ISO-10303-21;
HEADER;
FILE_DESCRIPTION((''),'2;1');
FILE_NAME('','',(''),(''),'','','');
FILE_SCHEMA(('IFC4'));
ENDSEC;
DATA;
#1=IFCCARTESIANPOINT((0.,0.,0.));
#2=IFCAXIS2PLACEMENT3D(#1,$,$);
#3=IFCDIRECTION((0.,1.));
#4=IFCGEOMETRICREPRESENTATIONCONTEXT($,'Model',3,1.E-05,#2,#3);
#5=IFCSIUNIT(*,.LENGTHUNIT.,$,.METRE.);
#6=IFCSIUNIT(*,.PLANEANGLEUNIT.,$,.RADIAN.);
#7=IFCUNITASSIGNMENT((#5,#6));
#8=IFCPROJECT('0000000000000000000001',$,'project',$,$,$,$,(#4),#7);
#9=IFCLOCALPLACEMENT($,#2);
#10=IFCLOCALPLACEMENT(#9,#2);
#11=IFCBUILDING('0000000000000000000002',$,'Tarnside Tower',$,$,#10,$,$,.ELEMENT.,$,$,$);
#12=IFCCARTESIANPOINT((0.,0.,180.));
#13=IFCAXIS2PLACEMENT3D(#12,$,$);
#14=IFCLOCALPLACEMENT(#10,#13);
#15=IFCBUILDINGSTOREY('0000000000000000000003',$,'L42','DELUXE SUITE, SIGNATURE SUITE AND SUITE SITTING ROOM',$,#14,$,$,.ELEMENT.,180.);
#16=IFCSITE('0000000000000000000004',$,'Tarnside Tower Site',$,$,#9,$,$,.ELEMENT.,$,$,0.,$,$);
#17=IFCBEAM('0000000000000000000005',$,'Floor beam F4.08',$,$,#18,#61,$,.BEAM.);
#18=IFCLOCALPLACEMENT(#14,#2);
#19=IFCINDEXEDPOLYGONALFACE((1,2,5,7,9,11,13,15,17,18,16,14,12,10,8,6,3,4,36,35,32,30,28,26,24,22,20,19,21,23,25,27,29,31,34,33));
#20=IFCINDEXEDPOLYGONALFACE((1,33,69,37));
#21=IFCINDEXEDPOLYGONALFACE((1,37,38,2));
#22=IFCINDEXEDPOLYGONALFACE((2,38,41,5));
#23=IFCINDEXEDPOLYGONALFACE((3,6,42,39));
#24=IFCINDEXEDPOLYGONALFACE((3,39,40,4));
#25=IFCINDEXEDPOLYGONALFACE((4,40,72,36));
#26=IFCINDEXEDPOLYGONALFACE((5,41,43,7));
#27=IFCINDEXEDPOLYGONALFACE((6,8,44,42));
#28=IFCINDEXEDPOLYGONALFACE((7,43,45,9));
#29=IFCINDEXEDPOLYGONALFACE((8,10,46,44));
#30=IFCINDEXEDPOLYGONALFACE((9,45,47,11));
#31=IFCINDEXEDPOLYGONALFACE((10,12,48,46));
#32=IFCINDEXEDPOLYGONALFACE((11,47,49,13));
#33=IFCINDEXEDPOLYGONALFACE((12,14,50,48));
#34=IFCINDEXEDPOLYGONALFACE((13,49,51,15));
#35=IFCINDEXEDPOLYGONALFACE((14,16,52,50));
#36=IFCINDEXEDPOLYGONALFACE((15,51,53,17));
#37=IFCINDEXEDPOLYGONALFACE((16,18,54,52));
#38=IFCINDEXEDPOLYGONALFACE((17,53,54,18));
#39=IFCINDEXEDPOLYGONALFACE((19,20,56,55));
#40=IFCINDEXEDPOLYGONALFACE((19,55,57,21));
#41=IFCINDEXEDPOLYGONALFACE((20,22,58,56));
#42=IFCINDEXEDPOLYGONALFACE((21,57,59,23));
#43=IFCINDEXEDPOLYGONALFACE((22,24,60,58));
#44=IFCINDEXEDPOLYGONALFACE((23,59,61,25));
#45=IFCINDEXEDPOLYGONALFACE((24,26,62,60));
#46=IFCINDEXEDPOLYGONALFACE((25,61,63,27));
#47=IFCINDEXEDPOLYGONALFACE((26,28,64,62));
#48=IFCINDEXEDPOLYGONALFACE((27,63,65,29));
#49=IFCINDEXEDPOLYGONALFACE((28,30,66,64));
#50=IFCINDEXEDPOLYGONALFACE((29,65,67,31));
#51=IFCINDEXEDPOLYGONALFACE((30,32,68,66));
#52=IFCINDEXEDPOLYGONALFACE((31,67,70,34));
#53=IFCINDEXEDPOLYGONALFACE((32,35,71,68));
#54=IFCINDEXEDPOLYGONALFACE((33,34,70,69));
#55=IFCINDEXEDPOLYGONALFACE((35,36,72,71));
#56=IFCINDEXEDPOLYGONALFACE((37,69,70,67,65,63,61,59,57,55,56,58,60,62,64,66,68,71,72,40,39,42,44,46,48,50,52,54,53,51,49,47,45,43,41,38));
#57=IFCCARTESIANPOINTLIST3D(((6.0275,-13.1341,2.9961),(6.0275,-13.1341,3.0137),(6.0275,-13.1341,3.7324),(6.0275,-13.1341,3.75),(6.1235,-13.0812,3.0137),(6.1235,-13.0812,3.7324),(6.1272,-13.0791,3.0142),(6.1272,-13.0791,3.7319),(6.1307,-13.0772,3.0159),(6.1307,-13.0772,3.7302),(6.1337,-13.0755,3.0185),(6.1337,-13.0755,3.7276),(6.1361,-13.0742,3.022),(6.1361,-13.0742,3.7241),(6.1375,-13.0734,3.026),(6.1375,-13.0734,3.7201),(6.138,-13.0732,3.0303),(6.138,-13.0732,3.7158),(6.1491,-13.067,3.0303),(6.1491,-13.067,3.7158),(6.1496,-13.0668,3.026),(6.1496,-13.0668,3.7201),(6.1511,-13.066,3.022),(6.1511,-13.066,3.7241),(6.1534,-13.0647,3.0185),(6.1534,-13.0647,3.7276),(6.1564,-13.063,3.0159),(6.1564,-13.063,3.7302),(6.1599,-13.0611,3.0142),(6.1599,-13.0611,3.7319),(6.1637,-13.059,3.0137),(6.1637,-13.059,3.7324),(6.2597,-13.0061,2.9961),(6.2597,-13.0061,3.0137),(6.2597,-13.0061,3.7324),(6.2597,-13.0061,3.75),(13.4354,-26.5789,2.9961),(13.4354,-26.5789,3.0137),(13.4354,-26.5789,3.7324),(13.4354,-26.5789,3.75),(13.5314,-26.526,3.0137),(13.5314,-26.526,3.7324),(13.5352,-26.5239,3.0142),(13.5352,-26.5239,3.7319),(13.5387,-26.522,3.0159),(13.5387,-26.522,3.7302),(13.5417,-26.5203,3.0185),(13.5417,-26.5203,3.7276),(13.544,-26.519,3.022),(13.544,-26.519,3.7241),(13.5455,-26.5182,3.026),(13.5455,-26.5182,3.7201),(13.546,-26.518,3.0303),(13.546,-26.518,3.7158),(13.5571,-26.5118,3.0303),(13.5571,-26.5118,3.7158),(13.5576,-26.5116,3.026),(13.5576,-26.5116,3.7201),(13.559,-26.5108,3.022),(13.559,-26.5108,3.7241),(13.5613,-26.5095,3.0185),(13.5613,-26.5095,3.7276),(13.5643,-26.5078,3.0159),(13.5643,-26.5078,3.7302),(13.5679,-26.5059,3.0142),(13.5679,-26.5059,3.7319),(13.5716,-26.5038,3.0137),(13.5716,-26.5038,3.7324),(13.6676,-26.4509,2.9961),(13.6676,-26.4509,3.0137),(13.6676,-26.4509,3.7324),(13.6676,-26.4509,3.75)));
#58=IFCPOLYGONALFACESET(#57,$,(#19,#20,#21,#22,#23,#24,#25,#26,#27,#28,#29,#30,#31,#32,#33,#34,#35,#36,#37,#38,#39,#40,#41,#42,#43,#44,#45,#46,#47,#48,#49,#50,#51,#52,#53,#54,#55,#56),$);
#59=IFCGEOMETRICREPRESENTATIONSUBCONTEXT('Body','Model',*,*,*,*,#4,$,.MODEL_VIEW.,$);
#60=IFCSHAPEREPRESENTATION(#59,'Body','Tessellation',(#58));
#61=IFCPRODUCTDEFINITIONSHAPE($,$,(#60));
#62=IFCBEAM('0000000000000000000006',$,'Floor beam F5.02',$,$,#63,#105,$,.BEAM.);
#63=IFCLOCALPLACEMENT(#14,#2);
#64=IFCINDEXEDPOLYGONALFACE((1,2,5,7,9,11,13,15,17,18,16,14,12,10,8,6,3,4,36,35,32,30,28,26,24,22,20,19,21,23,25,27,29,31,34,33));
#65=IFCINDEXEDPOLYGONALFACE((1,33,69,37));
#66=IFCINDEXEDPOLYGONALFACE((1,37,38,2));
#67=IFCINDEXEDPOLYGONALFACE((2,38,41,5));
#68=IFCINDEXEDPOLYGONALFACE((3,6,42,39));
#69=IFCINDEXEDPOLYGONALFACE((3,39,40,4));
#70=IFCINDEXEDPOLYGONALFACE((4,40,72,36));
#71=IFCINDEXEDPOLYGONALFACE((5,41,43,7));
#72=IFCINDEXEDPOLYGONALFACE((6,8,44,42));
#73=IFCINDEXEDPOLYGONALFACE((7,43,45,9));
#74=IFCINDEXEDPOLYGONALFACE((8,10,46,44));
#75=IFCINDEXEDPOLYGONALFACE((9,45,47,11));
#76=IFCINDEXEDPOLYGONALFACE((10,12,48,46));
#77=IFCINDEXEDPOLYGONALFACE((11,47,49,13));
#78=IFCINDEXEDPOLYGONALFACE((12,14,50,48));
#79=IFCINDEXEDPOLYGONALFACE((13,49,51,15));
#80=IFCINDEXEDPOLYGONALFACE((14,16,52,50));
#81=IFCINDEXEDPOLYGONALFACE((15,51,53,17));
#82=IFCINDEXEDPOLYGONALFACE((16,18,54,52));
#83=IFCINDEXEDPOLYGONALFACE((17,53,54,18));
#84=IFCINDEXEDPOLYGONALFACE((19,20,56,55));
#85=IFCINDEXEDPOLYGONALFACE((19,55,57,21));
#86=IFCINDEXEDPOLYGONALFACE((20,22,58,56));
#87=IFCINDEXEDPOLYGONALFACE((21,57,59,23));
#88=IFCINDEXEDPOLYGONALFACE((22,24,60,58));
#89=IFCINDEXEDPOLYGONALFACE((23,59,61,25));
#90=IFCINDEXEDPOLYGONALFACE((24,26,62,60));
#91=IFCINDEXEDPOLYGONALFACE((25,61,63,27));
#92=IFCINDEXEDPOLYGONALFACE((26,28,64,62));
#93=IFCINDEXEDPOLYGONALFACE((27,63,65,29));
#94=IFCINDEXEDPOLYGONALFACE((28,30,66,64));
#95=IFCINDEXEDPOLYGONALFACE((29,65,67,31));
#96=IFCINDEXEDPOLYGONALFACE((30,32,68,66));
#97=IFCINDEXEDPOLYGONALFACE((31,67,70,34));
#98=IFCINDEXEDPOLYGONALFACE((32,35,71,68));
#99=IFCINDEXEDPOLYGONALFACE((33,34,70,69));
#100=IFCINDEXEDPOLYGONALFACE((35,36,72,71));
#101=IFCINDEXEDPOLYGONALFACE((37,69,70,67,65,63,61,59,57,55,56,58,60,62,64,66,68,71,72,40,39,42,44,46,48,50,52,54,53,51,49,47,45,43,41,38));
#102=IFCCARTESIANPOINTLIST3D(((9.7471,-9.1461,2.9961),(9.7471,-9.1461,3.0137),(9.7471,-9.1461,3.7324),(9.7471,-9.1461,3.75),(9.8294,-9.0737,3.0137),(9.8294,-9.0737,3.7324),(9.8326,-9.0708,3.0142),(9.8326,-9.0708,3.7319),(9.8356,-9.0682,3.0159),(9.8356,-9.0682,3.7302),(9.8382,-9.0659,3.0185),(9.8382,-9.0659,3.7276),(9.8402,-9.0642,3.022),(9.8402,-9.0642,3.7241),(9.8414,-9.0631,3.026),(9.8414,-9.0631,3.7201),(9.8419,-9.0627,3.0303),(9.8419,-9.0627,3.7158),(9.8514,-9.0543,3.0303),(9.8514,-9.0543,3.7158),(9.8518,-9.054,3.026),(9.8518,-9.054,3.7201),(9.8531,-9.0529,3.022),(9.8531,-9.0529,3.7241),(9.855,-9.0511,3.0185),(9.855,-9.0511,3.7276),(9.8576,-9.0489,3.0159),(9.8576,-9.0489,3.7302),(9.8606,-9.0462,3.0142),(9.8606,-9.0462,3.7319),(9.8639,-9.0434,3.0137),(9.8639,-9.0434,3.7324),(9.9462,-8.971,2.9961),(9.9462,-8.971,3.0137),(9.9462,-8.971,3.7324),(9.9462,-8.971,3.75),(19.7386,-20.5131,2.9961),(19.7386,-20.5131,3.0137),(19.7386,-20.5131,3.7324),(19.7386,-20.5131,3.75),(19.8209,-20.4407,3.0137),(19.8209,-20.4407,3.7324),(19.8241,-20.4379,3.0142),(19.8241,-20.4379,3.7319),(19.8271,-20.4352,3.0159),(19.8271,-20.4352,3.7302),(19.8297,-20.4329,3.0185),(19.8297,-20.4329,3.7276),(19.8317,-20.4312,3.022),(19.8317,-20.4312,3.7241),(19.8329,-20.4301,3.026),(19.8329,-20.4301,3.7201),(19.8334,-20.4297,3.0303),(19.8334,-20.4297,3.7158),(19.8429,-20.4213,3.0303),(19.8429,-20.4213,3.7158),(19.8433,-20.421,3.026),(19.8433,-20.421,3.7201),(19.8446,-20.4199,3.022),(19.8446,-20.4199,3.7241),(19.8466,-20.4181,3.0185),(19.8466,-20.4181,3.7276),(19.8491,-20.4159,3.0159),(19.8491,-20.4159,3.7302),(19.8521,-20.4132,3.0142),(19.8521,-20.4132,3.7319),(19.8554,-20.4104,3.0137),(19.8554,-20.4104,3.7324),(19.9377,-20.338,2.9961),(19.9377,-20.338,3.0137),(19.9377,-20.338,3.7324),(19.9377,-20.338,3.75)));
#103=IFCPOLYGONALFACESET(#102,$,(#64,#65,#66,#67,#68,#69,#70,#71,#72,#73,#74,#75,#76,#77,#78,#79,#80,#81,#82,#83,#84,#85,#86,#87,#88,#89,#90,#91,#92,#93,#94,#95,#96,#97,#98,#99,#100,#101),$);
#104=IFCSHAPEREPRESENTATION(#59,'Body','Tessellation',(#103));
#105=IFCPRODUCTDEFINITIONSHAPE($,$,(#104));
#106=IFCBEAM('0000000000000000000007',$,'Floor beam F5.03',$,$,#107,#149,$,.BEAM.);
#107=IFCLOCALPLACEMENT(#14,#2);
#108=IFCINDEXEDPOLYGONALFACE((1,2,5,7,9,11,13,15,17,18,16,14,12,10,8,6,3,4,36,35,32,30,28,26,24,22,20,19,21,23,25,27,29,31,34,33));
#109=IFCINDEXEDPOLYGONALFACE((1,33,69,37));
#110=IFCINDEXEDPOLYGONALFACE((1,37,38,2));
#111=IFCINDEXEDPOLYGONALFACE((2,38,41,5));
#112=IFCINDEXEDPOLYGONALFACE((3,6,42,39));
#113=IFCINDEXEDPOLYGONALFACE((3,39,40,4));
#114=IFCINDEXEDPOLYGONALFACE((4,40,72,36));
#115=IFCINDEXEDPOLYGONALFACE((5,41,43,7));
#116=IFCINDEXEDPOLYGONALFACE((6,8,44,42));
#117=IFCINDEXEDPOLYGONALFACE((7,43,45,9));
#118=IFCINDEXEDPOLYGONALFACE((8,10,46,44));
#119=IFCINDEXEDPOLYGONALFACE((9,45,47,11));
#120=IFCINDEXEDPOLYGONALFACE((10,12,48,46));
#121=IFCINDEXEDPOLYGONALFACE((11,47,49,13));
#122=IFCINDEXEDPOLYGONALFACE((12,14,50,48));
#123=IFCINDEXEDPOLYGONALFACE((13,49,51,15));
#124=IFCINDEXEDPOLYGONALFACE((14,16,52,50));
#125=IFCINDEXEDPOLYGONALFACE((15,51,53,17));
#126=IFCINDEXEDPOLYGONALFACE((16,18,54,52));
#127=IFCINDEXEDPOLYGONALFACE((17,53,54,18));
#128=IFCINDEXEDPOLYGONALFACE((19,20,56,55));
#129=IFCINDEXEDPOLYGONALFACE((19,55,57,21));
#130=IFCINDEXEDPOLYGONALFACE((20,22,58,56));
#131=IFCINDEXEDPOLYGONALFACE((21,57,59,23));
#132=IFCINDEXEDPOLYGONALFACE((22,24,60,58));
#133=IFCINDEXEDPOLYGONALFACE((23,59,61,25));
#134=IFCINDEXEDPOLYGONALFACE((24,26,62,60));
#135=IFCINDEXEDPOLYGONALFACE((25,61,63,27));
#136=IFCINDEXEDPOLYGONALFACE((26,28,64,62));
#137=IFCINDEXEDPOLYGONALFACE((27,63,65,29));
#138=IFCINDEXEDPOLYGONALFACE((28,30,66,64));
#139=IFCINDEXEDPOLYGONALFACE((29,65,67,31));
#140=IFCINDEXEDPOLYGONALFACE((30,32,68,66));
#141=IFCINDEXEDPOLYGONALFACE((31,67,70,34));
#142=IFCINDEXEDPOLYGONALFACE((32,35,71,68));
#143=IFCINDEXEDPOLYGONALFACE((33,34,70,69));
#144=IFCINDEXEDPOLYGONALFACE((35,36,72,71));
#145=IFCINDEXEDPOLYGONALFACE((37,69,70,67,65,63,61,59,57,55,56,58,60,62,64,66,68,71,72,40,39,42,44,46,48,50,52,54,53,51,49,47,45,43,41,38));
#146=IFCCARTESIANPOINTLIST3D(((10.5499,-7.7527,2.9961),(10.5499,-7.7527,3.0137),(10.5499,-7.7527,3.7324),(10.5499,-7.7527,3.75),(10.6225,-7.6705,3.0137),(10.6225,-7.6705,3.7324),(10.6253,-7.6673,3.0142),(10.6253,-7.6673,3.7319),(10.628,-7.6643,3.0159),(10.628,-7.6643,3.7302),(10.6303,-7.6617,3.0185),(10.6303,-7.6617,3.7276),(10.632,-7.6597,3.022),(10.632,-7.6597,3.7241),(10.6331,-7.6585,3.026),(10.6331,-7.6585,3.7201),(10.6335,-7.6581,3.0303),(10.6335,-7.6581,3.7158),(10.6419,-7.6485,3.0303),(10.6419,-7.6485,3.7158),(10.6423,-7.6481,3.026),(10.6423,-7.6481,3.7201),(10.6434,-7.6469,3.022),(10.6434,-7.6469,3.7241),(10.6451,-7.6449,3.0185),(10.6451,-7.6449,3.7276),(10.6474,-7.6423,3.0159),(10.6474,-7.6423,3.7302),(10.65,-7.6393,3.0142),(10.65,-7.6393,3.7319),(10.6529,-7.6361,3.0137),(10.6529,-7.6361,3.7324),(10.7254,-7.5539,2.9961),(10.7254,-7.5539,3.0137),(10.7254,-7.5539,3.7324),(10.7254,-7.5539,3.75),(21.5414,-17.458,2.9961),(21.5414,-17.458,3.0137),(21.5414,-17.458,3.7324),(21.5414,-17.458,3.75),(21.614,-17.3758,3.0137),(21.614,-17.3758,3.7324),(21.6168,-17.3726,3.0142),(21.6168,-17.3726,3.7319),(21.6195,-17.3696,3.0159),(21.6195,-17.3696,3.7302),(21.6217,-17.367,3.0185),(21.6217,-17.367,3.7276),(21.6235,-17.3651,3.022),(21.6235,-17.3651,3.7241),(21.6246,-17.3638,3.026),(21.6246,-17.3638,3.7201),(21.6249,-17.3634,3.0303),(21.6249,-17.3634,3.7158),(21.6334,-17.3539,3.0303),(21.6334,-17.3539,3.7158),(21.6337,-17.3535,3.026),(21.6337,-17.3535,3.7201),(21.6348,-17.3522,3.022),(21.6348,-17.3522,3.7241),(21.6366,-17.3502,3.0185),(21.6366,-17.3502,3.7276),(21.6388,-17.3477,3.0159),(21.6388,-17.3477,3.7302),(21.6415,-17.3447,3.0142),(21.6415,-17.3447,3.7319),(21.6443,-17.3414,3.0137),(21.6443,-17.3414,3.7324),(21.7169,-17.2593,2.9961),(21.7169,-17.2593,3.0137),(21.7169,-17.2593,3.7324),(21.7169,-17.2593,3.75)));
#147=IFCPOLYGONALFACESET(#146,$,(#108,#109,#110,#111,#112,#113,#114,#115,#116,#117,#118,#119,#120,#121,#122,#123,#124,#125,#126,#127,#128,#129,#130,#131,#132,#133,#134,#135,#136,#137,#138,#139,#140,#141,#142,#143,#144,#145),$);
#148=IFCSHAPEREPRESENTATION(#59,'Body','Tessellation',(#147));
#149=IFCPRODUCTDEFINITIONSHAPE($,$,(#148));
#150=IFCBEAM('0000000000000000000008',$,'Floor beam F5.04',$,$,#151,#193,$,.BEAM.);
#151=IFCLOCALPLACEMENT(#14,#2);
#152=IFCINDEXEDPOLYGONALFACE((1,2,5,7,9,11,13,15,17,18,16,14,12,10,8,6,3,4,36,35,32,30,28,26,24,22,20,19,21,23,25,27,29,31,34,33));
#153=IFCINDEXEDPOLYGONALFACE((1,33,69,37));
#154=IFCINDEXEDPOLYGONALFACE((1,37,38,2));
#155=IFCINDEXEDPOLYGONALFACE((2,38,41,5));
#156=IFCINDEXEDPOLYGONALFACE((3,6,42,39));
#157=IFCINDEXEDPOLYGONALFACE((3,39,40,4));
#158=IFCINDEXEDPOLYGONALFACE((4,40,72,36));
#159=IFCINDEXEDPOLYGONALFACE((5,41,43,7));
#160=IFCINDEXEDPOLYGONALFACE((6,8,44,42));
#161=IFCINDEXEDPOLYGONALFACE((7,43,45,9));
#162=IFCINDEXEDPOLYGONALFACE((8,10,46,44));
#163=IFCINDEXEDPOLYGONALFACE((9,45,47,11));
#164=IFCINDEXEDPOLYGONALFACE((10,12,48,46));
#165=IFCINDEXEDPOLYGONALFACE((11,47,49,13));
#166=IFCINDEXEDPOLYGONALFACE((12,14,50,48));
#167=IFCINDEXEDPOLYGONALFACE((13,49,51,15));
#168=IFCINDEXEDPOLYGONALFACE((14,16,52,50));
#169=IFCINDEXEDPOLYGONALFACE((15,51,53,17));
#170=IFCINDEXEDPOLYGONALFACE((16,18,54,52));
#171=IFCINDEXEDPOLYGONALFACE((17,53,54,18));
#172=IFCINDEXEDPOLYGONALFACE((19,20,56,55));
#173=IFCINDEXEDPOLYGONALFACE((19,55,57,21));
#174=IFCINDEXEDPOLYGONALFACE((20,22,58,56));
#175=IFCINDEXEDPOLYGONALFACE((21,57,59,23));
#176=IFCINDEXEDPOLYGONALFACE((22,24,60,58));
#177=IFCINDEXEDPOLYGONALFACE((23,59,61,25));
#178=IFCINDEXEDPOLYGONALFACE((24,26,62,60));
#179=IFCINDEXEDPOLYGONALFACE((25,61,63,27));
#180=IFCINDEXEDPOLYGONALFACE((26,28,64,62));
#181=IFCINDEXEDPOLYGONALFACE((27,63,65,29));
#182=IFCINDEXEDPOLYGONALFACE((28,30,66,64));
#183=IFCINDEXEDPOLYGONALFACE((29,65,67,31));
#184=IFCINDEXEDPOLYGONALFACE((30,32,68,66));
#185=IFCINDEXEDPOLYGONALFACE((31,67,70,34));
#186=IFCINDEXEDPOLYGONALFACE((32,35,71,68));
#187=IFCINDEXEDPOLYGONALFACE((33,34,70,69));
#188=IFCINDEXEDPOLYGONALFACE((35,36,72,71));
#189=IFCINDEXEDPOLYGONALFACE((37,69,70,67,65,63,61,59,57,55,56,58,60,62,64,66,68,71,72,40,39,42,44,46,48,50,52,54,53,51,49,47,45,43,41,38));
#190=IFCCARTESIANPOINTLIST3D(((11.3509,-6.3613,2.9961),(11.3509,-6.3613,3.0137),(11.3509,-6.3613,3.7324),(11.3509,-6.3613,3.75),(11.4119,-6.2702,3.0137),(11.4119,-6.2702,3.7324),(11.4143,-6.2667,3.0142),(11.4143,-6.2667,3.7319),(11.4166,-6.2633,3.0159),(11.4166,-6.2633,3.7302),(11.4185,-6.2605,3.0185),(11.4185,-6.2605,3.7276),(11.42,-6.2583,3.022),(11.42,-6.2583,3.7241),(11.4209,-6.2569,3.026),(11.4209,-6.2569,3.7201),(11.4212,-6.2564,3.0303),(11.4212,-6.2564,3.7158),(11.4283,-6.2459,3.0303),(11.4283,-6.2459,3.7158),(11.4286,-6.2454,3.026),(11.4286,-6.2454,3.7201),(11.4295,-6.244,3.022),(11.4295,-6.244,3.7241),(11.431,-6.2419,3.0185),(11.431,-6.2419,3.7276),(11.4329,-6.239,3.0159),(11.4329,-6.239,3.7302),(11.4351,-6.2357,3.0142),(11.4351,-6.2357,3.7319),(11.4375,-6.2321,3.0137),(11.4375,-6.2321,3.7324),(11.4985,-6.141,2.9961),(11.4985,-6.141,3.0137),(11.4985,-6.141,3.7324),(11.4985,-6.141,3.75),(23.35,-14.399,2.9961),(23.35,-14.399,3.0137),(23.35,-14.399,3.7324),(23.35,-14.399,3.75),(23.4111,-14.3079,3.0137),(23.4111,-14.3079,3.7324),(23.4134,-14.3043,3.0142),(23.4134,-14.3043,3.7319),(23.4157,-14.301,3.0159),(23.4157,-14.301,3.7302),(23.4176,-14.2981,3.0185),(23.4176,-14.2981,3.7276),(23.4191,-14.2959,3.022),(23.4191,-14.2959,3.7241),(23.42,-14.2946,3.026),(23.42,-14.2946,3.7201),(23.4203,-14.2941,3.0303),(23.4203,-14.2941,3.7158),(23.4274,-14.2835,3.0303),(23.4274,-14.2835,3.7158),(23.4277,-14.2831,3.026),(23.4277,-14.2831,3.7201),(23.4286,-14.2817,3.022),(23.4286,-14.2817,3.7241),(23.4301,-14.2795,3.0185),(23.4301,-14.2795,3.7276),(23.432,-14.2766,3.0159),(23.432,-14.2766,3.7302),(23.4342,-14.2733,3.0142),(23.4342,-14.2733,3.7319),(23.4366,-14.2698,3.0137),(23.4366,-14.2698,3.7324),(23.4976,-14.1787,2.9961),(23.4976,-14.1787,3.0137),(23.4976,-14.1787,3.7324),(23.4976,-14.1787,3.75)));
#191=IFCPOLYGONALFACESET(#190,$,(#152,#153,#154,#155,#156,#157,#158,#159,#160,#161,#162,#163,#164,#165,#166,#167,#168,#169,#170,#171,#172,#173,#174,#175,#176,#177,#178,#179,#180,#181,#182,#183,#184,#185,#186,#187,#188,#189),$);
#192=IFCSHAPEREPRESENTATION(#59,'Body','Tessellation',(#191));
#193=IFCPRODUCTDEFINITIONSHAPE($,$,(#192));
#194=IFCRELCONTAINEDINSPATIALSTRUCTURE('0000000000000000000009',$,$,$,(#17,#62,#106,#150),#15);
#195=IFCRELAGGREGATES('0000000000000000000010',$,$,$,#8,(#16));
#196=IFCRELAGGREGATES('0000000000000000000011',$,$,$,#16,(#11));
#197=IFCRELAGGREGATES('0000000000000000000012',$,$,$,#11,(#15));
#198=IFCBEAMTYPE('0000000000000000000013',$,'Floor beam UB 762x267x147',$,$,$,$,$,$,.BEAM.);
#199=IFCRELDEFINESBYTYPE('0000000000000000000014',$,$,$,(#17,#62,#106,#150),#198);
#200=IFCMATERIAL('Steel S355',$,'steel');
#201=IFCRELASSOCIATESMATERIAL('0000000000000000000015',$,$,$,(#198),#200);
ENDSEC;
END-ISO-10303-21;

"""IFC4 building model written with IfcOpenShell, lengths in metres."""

from ifc_helpers import new_model, si_unit, direction, frame, origin, origin_2d, place, context, subcontext, project, spatial, i_section, extrude, material, material_profile, profile_set, type_object, element, save


model = new_model("IFC4")

# Units and contexts
model_context = context("Model", 3, precision=1e-05, world=origin(), true_north=direction((0.0, 1.0)))
body_context = subcontext(model_context, "Body", "Model", "MODEL_VIEW")
ifc_project = project(units=[si_unit("LENGTHUNIT", "METRE"), si_unit("PLANEANGLEUNIT", "RADIAN")], contexts=[model_context])

# Site, building, storey
site_placement = place(None, origin())
site = spatial("IfcSite", under=ifc_project, at=site_placement, Name="Tarnside Tower Site", CompositionType="ELEMENT", RefElevation=0.0)
building_placement = place(site_placement, origin())
building = spatial("IfcBuilding", under=site, at=building_placement, Name="Tarnside Tower", CompositionType="ELEMENT")
storey_placement = place(building_placement, frame((0.0, 0.0, 180.0)))
storey = spatial("IfcBuildingStorey", under=building, at=storey_placement, Name="L42", Description="DELUXE SUITE, SIGNATURE SUITE AND SUITE SITTING ROOM", CompositionType="ELEMENT", Elevation=180.0)

# Beams
ifc_material_1 = material(Name="Steel S355", Category="steel")
ifc_material_profile_1 = material_profile(ifc_material_1, i_section(OverallWidth=0.2651, OverallDepth=0.7539, WebThickness=0.0127, FlangeThickness=0.0176, FilletRadius=0.0166, at=origin_2d()), Name="UB 762x267x147")
ifc_profile_set_1 = profile_set([ifc_material_profile_1], Name="Steel S355")
beam_type_1 = type_object("IfcBeamType", Name="Floor beam UB 762x267x147", PredefinedType="BEAM", material=ifc_profile_set_1)
beam_1_placement = place(storey_placement, frame((13.5515, -26.5149, 3.373), z_axis=(-0.482584, 0.87585, 0.0), x_axis=(-0.87585, -0.482584, 0.0)))
element("IfcBeam", 1, at=beam_1_placement, inside=storey, type_object=beam_type_1, Name="Floor beam F4.08", PredefinedType="BEAM", context=body_context, shape_type="SweptSolid", body=[
    extrude(i_section(OverallWidth=0.2651, OverallDepth=0.7539, WebThickness=0.0127, FlangeThickness=0.0176, FilletRadius=0.0166, at=origin_2d()), origin(), (0.0, 0.0, 1.0), 15.3506),
])
beam_2_placement = place(storey_placement, frame((19.8381, -20.4255, 3.373), z_axis=(-0.660201, 0.751089, 0.0), x_axis=(-0.751089, -0.660201, 0.0)))
element("IfcBeam", 2, at=beam_2_placement, inside=storey, type_object=beam_type_1, Name="Floor beam F5.02", PredefinedType="BEAM", context=body_context, shape_type="SweptSolid", body=[
    extrude(i_section(OverallWidth=0.2651, OverallDepth=0.7539, WebThickness=0.0127, FlangeThickness=0.0176, FilletRadius=0.0166, at=origin_2d()), origin(), (0.0, 0.0, 1.0), 15.134),
])
beam_3_placement = place(storey_placement, frame((21.6292, -17.3586, 3.373), z_axis=(-0.749602, 0.661889, 0.0), x_axis=(-0.661889, -0.749602, 0.0)))
element("IfcBeam", 3, at=beam_3_placement, inside=storey, type_object=beam_type_1, Name="Floor beam F5.03", PredefinedType="BEAM", context=body_context, shape_type="SweptSolid", body=[
    extrude(i_section(OverallWidth=0.2651, OverallDepth=0.7539, WebThickness=0.0127, FlangeThickness=0.0176, FilletRadius=0.0166, at=origin_2d()), origin(), (0.0, 0.0, 1.0), 14.6631),
])
beam_4_placement = place(storey_placement, frame((23.4238, -14.2888, 3.373), z_axis=(-0.830826, 0.556532, 0.0), x_axis=(-0.556532, -0.830826, 0.0)))
element("IfcBeam", 4, at=beam_4_placement, inside=storey, type_object=beam_type_1, Name="Floor beam F5.04", PredefinedType="BEAM", context=body_context, shape_type="SweptSolid", body=[
    extrude(i_section(OverallWidth=0.2651, OverallDepth=0.7539, WebThickness=0.0127, FlangeThickness=0.0176, FilletRadius=0.0166, at=origin_2d()), origin(), (0.0, 0.0, 1.0), 14.4424),
])

save(model, "model.ifc")
